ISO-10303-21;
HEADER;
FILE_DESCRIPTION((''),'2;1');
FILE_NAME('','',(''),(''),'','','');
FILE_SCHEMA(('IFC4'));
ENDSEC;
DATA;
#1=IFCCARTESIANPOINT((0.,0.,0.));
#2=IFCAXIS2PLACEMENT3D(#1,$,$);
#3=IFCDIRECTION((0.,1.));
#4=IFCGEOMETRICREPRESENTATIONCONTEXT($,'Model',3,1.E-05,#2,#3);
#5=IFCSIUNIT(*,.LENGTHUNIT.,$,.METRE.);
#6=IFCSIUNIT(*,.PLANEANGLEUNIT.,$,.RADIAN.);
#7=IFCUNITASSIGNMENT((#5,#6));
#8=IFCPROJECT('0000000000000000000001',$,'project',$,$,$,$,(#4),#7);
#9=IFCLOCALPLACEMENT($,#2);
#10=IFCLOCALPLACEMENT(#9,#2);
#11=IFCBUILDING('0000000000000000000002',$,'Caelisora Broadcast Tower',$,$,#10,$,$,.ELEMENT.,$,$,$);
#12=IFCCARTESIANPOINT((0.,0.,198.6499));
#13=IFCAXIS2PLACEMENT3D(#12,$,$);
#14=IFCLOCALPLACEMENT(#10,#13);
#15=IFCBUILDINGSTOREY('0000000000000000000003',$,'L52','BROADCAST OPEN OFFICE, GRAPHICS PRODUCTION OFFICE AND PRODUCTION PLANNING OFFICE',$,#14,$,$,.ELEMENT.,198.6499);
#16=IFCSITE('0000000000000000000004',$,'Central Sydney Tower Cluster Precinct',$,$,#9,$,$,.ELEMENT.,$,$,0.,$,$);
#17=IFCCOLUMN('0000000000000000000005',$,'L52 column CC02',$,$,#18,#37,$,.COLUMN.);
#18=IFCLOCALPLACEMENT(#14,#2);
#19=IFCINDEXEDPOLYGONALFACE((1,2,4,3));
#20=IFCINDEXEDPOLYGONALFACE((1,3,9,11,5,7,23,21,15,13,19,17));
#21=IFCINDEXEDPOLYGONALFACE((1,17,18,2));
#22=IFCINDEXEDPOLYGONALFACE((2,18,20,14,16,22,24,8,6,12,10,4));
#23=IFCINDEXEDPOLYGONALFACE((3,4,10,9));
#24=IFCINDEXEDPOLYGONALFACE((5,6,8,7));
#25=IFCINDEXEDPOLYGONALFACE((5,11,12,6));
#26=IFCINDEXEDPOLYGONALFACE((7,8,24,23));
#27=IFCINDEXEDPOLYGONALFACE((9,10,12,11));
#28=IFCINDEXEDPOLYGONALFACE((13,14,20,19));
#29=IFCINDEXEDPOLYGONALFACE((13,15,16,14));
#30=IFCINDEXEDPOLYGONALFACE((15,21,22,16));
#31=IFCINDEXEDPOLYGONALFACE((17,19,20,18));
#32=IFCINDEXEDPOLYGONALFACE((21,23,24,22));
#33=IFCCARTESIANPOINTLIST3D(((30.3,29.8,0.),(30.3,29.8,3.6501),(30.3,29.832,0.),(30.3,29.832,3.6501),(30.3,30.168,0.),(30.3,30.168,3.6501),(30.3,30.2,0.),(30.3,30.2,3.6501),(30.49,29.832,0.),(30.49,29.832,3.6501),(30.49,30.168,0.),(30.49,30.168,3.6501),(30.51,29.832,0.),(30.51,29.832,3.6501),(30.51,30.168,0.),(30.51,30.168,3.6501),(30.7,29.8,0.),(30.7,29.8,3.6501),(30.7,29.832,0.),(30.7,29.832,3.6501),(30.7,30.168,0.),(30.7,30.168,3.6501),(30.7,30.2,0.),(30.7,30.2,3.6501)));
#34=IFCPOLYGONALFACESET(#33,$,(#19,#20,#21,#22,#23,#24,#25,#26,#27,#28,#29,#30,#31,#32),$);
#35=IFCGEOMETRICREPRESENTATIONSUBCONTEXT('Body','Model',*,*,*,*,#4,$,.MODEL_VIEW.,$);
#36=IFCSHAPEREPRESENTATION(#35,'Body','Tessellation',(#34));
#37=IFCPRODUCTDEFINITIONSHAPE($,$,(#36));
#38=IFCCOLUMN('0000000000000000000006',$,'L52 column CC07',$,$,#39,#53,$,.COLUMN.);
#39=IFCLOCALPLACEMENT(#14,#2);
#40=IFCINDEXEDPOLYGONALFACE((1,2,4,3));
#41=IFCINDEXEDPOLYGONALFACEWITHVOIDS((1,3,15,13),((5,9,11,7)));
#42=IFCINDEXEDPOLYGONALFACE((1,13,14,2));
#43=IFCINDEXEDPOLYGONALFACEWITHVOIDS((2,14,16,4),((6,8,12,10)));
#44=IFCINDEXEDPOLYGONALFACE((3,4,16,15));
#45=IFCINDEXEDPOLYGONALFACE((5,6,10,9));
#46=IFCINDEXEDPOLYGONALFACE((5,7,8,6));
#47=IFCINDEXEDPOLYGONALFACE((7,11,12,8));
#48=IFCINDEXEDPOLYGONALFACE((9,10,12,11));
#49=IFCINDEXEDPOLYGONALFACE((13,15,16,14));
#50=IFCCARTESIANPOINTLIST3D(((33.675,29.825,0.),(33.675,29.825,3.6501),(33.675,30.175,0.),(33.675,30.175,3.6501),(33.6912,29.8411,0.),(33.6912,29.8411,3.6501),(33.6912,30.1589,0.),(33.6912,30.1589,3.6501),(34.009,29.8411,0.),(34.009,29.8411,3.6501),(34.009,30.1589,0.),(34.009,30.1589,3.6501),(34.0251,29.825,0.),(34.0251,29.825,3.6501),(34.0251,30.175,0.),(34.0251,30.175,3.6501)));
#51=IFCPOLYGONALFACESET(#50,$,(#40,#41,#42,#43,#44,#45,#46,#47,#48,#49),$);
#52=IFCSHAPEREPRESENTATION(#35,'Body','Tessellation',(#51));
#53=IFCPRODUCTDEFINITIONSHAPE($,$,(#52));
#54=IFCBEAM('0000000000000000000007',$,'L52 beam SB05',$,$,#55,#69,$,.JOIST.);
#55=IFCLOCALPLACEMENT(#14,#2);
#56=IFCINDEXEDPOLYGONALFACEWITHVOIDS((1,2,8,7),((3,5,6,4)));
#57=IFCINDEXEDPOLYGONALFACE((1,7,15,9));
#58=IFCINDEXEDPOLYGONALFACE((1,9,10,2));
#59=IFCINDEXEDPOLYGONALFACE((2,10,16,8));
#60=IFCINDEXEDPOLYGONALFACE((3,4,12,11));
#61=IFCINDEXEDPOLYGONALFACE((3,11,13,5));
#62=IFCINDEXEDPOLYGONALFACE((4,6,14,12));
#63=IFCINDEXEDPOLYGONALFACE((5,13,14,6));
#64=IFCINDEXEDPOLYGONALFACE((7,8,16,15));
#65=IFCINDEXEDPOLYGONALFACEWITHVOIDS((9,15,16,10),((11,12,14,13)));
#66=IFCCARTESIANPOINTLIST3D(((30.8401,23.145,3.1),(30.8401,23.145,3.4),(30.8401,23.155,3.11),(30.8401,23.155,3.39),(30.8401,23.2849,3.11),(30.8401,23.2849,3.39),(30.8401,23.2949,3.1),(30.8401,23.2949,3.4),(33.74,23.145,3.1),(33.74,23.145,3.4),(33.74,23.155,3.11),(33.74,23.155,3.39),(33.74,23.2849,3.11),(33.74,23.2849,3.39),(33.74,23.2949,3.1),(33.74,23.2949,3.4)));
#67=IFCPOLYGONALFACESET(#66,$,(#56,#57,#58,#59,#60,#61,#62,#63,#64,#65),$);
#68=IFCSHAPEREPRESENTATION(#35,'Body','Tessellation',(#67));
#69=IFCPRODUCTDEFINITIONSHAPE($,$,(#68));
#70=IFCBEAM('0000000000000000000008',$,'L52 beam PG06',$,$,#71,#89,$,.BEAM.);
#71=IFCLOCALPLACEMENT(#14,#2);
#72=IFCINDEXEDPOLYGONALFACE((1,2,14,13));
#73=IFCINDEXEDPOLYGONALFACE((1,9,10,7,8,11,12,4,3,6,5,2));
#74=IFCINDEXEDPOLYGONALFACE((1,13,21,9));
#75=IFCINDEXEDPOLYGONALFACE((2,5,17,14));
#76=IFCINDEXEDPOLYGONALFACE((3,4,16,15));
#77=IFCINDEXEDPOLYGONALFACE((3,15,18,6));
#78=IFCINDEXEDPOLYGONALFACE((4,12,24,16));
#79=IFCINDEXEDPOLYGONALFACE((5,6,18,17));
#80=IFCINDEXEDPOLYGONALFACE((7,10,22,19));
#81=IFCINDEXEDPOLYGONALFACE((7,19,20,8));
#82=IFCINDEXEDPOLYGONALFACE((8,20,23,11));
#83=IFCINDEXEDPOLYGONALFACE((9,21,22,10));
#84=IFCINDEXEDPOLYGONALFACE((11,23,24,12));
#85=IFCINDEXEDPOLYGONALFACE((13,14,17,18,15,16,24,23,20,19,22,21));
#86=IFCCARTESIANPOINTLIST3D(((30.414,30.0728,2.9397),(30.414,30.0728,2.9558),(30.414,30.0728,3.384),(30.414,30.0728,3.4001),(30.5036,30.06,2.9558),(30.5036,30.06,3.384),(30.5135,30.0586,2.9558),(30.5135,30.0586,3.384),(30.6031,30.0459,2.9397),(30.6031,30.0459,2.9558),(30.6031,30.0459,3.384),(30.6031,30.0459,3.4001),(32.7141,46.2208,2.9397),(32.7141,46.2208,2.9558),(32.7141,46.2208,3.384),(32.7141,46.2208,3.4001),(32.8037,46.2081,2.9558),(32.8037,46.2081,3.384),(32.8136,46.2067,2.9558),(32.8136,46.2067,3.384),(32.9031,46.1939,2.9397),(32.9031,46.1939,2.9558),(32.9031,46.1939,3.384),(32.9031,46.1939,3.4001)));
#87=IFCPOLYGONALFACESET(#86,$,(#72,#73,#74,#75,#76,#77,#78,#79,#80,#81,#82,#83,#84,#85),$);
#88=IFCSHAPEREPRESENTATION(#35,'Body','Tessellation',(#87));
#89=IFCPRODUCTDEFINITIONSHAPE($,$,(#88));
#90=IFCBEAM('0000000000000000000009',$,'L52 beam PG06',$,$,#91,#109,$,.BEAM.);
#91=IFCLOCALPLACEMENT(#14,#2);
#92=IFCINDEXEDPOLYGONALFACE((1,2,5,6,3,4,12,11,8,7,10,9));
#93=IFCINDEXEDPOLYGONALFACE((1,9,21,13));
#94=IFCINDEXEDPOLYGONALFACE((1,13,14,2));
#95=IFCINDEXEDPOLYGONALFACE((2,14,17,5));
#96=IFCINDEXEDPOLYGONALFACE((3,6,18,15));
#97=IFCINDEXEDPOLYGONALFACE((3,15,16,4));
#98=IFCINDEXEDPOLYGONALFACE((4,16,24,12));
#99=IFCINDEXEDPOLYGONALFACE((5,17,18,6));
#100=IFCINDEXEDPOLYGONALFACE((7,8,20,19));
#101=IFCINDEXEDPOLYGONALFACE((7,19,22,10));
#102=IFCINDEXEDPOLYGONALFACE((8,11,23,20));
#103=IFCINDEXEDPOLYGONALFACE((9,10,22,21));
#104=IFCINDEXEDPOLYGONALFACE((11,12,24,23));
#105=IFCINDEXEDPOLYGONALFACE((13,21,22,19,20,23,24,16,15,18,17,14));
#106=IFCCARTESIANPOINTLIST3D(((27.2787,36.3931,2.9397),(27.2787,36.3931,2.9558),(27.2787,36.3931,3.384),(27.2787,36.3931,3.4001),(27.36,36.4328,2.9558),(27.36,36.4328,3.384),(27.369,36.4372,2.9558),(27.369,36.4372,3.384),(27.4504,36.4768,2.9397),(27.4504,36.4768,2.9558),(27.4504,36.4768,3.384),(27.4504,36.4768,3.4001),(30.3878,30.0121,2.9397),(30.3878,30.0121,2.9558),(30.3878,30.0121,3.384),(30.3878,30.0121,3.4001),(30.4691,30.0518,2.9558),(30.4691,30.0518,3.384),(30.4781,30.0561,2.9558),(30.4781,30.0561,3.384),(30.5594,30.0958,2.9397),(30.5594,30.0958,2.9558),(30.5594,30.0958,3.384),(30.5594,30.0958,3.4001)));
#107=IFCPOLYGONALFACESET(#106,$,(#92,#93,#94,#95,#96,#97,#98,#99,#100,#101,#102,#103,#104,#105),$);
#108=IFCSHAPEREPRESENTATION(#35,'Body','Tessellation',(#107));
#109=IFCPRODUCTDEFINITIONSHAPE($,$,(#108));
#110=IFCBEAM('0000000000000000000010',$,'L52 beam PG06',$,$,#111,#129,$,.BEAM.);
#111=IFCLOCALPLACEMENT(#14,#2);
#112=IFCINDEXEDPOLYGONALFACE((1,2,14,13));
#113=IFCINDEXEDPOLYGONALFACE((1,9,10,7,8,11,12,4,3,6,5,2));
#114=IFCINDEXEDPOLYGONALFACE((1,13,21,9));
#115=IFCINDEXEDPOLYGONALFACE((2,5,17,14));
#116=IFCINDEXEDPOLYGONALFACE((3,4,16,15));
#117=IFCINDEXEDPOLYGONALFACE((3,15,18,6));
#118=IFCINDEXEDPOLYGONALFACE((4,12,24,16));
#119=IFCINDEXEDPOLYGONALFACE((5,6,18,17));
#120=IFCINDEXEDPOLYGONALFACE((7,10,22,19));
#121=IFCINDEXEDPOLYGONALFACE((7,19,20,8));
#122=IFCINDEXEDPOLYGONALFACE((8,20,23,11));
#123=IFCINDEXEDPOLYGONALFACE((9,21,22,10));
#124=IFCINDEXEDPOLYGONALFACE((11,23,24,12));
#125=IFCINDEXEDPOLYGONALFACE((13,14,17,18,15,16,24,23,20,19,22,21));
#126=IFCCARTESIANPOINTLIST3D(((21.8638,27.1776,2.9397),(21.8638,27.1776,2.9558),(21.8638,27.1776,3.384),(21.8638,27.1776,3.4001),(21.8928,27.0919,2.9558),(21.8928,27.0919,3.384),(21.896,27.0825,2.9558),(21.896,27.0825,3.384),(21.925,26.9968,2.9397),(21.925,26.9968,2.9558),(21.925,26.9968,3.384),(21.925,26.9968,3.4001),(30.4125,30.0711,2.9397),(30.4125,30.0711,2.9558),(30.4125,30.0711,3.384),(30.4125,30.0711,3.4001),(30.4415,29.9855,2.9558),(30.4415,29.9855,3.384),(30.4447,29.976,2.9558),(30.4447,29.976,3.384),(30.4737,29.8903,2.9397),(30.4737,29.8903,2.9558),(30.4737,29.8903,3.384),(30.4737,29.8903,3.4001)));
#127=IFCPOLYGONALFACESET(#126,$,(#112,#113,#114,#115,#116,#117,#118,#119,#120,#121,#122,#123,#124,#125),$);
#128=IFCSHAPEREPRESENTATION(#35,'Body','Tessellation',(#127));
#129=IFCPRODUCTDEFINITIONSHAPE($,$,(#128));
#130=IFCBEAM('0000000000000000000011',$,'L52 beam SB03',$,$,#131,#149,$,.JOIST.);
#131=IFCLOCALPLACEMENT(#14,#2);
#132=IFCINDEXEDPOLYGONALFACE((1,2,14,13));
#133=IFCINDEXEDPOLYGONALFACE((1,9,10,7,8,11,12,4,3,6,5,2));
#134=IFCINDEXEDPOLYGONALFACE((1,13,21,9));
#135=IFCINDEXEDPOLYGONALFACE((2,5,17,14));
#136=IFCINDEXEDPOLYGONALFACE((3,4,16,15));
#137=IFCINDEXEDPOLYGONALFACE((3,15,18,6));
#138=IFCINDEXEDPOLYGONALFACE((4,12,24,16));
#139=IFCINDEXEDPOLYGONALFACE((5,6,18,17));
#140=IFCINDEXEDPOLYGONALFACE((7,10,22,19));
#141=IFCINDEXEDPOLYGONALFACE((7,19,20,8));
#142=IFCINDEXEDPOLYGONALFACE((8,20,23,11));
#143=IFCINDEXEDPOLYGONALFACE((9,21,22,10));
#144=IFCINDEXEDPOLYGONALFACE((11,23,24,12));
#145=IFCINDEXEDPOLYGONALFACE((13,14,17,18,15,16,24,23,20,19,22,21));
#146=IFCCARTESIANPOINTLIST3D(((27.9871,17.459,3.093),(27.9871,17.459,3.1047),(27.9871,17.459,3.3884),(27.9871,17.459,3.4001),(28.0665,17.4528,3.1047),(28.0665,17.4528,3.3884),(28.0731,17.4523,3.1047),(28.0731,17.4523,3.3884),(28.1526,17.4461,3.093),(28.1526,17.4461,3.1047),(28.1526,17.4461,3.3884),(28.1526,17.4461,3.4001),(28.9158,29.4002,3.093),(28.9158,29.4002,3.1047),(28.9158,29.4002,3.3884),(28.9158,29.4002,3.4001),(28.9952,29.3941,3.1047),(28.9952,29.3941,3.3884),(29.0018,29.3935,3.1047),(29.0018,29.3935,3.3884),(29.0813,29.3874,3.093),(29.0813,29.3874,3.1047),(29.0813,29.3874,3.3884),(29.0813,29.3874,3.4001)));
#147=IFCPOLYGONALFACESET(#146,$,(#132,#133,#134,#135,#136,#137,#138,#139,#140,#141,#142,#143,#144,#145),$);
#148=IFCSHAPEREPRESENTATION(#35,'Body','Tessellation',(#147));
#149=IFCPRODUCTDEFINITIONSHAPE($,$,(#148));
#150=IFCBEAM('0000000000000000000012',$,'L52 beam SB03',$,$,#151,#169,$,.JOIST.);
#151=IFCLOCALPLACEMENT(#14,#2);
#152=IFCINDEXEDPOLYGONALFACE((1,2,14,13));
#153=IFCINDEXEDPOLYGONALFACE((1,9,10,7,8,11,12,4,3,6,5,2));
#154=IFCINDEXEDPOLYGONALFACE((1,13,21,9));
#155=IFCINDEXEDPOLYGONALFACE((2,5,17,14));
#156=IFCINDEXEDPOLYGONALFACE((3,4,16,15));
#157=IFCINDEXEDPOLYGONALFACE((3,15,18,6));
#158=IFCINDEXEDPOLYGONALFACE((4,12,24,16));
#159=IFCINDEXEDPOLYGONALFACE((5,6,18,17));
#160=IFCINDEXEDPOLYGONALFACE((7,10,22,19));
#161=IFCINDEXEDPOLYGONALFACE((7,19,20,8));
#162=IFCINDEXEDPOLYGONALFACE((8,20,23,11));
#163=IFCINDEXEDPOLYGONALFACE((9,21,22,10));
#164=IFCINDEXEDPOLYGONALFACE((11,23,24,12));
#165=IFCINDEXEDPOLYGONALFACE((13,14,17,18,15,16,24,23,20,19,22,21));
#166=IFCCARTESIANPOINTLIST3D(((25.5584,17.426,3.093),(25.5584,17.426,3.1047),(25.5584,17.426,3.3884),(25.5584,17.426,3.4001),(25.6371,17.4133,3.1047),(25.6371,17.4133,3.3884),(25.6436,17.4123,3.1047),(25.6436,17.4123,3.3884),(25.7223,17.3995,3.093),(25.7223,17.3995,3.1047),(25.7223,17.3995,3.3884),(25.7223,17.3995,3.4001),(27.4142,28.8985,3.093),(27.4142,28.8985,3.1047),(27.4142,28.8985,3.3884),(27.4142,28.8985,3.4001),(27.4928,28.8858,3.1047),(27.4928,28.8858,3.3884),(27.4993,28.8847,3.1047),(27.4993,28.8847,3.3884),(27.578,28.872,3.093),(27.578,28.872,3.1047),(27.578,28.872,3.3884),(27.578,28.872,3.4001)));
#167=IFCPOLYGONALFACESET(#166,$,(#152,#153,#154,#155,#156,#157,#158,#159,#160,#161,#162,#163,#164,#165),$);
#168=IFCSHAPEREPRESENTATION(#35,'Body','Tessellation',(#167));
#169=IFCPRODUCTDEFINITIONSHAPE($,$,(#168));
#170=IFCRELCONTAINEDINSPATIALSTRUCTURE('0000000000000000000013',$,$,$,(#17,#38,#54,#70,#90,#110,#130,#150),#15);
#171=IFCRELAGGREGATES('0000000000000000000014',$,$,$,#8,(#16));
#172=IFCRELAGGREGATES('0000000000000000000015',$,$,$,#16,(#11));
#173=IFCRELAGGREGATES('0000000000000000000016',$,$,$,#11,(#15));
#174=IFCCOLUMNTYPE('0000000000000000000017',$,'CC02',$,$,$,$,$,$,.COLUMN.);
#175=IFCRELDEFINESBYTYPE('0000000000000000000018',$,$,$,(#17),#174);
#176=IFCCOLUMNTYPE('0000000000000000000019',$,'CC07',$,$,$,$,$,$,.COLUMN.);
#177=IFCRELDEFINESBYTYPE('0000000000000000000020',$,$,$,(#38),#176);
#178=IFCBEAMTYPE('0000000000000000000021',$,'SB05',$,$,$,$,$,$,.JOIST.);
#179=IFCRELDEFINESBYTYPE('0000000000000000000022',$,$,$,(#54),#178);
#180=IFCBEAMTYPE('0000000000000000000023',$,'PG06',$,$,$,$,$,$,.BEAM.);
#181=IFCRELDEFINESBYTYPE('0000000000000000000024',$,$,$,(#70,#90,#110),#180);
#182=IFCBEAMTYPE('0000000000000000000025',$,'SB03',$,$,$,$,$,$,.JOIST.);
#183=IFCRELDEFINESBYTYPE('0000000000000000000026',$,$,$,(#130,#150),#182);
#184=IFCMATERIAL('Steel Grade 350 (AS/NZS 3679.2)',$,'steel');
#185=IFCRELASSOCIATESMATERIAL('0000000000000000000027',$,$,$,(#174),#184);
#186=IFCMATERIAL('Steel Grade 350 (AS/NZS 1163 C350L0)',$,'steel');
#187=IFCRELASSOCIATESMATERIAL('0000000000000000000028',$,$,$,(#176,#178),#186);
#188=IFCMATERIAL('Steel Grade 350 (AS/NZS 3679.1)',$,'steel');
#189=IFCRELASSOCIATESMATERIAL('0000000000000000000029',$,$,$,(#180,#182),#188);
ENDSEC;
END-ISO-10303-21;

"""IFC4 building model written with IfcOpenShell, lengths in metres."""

from ifc_helpers import new_model, si_unit, direction, frame, origin, origin_2d, place, context, subcontext, project, spatial, hollow_rectangle, i_section, extrude, source, transform, mapped, material, material_profile, profile_set, type_object, type_shapes, element, save


model = new_model("IFC4")

# Units and contexts
model_context = context("Model", 3, precision=1e-05, world=origin(), true_north=direction((0.0, 1.0)))
body_context = subcontext(model_context, "Body", "Model", "MODEL_VIEW")
ifc_project = project(units=[si_unit("LENGTHUNIT", "METRE"), si_unit("PLANEANGLEUNIT", "RADIAN")], contexts=[model_context])

# Site, building, storey
site_placement = place(None, origin())
site = spatial("IfcSite", under=ifc_project, at=site_placement, Name="Central Sydney Tower Cluster Precinct", CompositionType="ELEMENT", RefElevation=0.0)
building_placement = place(site_placement, origin())
building = spatial("IfcBuilding", under=site, at=building_placement, Name="Caelisora Broadcast Tower", CompositionType="ELEMENT")
storey_placement = place(building_placement, frame((0.0, 0.0, 198.6499)))
storey = spatial("IfcBuildingStorey", under=building, at=storey_placement, Name="L52", Description="BROADCAST OPEN OFFICE, GRAPHICS PRODUCTION OFFICE AND PRODUCTION PLANNING OFFICE", CompositionType="ELEMENT", Elevation=198.6499)

# Columns
ifc_material_1 = material(Name="Steel Grade 350 (AS/NZS 3679.2)", Category="steel")
ifc_material_profile_1 = material_profile(ifc_material_1, i_section(OverallWidth=0.3999, OverallDepth=0.3999, WebThickness=0.02, FlangeThickness=0.032, at=origin_2d()), Name="Steel Grade 350 (AS/NZS 3679.2)")
ifc_profile_set_1 = profile_set([ifc_material_profile_1], Name="Steel Grade 350 (AS/NZS 3679.2)")
column_type_1 = type_object("IfcColumnType", Name="CC02", PredefinedType="COLUMN", material=ifc_profile_set_1)
shared_shape_1 = source(origin(), body_context, "Body", "SweptSolid", [
    extrude(i_section(OverallWidth=0.3999, OverallDepth=0.3999, WebThickness=0.02, FlangeThickness=0.032, at=origin_2d()), origin(), (0.0, 0.0, 1.0), 3.6501),
])
type_shapes(column_type_1, [shared_shape_1])
column_1_placement = place(storey_placement, frame((30.5, 30.0, 0.0), z_axis=(0.0, 0.0, 1.0), x_axis=(1.0, 0.0, 0.0)))
element("IfcColumn", 1, at=column_1_placement, inside=storey, type_object=column_type_1, Name="L52 column CC02", PredefinedType="COLUMN", context=body_context, shape_type="MappedRepresentation", body=[
    mapped(shared_shape_1, transform((0.0, 0.0, 0.0), scale=1.0)),
])
ifc_material_2 = material(Name="Steel Grade 350 (AS/NZS 1163 C350L0)", Category="steel")
ifc_material_profile_2 = material_profile(ifc_material_2, hollow_rectangle(XDim=0.3501, YDim=0.3501, WallThickness=0.0161, at=origin_2d()), Name="Steel Grade 350 (AS/NZS 1163 C350L0)")
ifc_profile_set_2 = profile_set([ifc_material_profile_2], Name="Steel Grade 350 (AS/NZS 1163 C350L0)")
column_type_2 = type_object("IfcColumnType", Name="CC07", PredefinedType="COLUMN", material=ifc_profile_set_2)
shared_shape_2 = source(origin(), body_context, "Body", "SweptSolid", [
    extrude(hollow_rectangle(XDim=0.3501, YDim=0.3501, WallThickness=0.0161, at=origin_2d()), origin(), (0.0, 0.0, 1.0), 3.6501),
])
type_shapes(column_type_2, [shared_shape_2])
column_2_placement = place(storey_placement, frame((33.8501, 30.0, 0.0), z_axis=(0.0, 0.0, 1.0), x_axis=(1.0, 0.0, 0.0)))
element("IfcColumn", 2, at=column_2_placement, inside=storey, type_object=column_type_2, Name="L52 column CC07", PredefinedType="COLUMN", context=body_context, shape_type="MappedRepresentation", body=[
    mapped(shared_shape_2, transform((0.0, 0.0, 0.0), scale=1.0)),
])

# Beams
ifc_material_profile_3 = material_profile(ifc_material_2, hollow_rectangle(XDim=0.1499, YDim=0.3, WallThickness=0.01, at=origin_2d()), Name="Steel Grade 350 (AS/NZS 1163 C350L0)")
ifc_profile_set_3 = profile_set([ifc_material_profile_3], Name="Steel Grade 350 (AS/NZS 1163 C350L0)")
beam_type_1 = type_object("IfcBeamType", Name="SB05", PredefinedType="JOIST", material=ifc_profile_set_3)
shared_shape_3 = source(origin(), body_context, "Body", "SweptSolid", [
    extrude(hollow_rectangle(XDim=0.1499, YDim=0.3, WallThickness=0.01, at=origin_2d()), origin(), (0.0, 0.0, 1.0), 2.8999),
])
type_shapes(beam_type_1, [shared_shape_3])
beam_1_placement = place(storey_placement, frame((30.8401, 23.22, 3.25), z_axis=(1.0, 0.0, 0.0), x_axis=(0.0, 1.0, 0.0)))
element("IfcBeam", 3, at=beam_1_placement, inside=storey, type_object=beam_type_1, Name="L52 beam SB05", PredefinedType="JOIST", context=body_context, shape_type="MappedRepresentation", body=[
    mapped(shared_shape_3, transform((0.0, 0.0, 0.0), scale=1.0)),
])
ifc_material_3 = material(Name="Steel Grade 350 (AS/NZS 3679.1)", Category="steel")
ifc_material_profile_4 = material_profile(ifc_material_3, i_section(OverallWidth=0.1909, OverallDepth=0.4604, WebThickness=0.01, FlangeThickness=0.0161, at=origin_2d()), Name="Steel Grade 350 (AS/NZS 3679.1)")
ifc_profile_set_4 = profile_set([ifc_material_profile_4], Name="Steel Grade 350 (AS/NZS 3679.1)")
beam_type_2 = type_object("IfcBeamType", Name="PG06", PredefinedType="BEAM", material=ifc_profile_set_4)
shared_shape_4 = source(origin(), body_context, "Body", "SweptSolid", [
    extrude(i_section(OverallWidth=0.1909, OverallDepth=0.4604, WebThickness=0.01, FlangeThickness=0.0161, at=origin_2d()), origin(), (0.0, 0.0, 1.0), 16.311),
])
beam_2_placement = place(storey_placement, frame((30.5085, 30.0593, 3.1699), z_axis=(0.141013, 0.990008, 0.0), x_axis=(-0.990008, 0.141013, 0.0)))
element("IfcBeam", 4, at=beam_2_placement, inside=storey, type_object=beam_type_2, Name="L52 beam PG06", PredefinedType="BEAM", context=body_context, shape_type="MappedRepresentation", body=[
    mapped(shared_shape_4, transform((0.0, 0.0, 0.0), scale=1.0)),
])
shared_shape_5 = source(origin(), body_context, "Body", "SweptSolid", [
    extrude(i_section(OverallWidth=0.1909, OverallDepth=0.4604, WebThickness=0.01, FlangeThickness=0.0161, at=origin_2d()), origin(), (0.0, 0.0, 1.0), 7.0981),
])
beam_3_placement = place(storey_placement, frame((30.4736, 30.054, 3.1699), z_axis=(-0.438014, 0.898968, 0.0), x_axis=(-0.898968, -0.438014, 0.0)))
element("IfcBeam", 5, at=beam_3_placement, inside=storey, type_object=beam_type_2, Name="L52 beam PG06", PredefinedType="BEAM", context=body_context, shape_type="MappedRepresentation", body=[
    mapped(shared_shape_5, transform((0.0, 0.0, 0.0), scale=1.0)),
])
shared_shape_6 = source(origin(), body_context, "Body", "SweptSolid", [
    extrude(i_section(OverallWidth=0.1909, OverallDepth=0.4604, WebThickness=0.01, FlangeThickness=0.0161, at=origin_2d()), origin(), (0.0, 0.0, 1.0), 9.0251),
])
type_shapes(beam_type_2, [shared_shape_4, shared_shape_5, shared_shape_6])
beam_4_placement = place(storey_placement, frame((30.4431, 29.9807, 3.1699), z_axis=(-0.947212, -0.320607, 0.0), x_axis=(0.320607, -0.947212, 0.0)))
element("IfcBeam", 6, at=beam_4_placement, inside=storey, type_object=beam_type_2, Name="L52 beam PG06", PredefinedType="BEAM", context=body_context, shape_type="MappedRepresentation", body=[
    mapped(shared_shape_6, transform((0.0, 0.0, 0.0), scale=1.0)),
])
ifc_material_profile_5 = material_profile(ifc_material_3, i_section(OverallWidth=0.166, OverallDepth=0.3071, WebThickness=0.0066, FlangeThickness=0.0117, at=origin_2d()), Name="Steel Grade 350 (AS/NZS 3679.1)")
ifc_profile_set_5 = profile_set([ifc_material_profile_5], Name="Steel Grade 350 (AS/NZS 3679.1)")
beam_type_3 = type_object("IfcBeamType", Name="SB03", PredefinedType="JOIST", material=ifc_profile_set_5)
shared_shape_7 = source(origin(), body_context, "Body", "SweptSolid", [
    extrude(i_section(OverallWidth=0.166, OverallDepth=0.3071, WebThickness=0.0066, FlangeThickness=0.0117, at=origin_2d()), origin(), (0.0, 0.0, 1.0), 11.9773),
])
beam_5_placement = place(storey_placement, frame((28.9985, 29.3938, 3.2466), z_axis=(-0.07754, -0.996989, 0.0), x_axis=(0.996989, -0.07754, 0.0)))
element("IfcBeam", 7, at=beam_5_placement, inside=storey, type_object=beam_type_3, Name="L52 beam SB03", PredefinedType="JOIST", context=body_context, shape_type="MappedRepresentation", body=[
    mapped(shared_shape_7, transform((0.0, 0.0, 0.0), scale=1.0)),
])
shared_shape_8 = source(origin(), body_context, "Body", "SweptSolid", [
    extrude(i_section(OverallWidth=0.166, OverallDepth=0.3071, WebThickness=0.0066, FlangeThickness=0.0117, at=origin_2d()), origin(), (0.0, 0.0, 1.0), 11.6216),
])
type_shapes(beam_type_3, [shared_shape_7, shared_shape_8])
beam_6_placement = place(storey_placement, frame((27.4961, 28.8853, 3.2466), z_axis=(-0.159679, -0.987169, 0.0), x_axis=(0.987169, -0.159679, 0.0)))
element("IfcBeam", 8, at=beam_6_placement, inside=storey, type_object=beam_type_3, Name="L52 beam SB03", PredefinedType="JOIST", context=body_context, shape_type="MappedRepresentation", body=[
    mapped(shared_shape_8, transform((0.0, 0.0, 0.0), scale=1.0)),
])

save(model, "model.ifc")
